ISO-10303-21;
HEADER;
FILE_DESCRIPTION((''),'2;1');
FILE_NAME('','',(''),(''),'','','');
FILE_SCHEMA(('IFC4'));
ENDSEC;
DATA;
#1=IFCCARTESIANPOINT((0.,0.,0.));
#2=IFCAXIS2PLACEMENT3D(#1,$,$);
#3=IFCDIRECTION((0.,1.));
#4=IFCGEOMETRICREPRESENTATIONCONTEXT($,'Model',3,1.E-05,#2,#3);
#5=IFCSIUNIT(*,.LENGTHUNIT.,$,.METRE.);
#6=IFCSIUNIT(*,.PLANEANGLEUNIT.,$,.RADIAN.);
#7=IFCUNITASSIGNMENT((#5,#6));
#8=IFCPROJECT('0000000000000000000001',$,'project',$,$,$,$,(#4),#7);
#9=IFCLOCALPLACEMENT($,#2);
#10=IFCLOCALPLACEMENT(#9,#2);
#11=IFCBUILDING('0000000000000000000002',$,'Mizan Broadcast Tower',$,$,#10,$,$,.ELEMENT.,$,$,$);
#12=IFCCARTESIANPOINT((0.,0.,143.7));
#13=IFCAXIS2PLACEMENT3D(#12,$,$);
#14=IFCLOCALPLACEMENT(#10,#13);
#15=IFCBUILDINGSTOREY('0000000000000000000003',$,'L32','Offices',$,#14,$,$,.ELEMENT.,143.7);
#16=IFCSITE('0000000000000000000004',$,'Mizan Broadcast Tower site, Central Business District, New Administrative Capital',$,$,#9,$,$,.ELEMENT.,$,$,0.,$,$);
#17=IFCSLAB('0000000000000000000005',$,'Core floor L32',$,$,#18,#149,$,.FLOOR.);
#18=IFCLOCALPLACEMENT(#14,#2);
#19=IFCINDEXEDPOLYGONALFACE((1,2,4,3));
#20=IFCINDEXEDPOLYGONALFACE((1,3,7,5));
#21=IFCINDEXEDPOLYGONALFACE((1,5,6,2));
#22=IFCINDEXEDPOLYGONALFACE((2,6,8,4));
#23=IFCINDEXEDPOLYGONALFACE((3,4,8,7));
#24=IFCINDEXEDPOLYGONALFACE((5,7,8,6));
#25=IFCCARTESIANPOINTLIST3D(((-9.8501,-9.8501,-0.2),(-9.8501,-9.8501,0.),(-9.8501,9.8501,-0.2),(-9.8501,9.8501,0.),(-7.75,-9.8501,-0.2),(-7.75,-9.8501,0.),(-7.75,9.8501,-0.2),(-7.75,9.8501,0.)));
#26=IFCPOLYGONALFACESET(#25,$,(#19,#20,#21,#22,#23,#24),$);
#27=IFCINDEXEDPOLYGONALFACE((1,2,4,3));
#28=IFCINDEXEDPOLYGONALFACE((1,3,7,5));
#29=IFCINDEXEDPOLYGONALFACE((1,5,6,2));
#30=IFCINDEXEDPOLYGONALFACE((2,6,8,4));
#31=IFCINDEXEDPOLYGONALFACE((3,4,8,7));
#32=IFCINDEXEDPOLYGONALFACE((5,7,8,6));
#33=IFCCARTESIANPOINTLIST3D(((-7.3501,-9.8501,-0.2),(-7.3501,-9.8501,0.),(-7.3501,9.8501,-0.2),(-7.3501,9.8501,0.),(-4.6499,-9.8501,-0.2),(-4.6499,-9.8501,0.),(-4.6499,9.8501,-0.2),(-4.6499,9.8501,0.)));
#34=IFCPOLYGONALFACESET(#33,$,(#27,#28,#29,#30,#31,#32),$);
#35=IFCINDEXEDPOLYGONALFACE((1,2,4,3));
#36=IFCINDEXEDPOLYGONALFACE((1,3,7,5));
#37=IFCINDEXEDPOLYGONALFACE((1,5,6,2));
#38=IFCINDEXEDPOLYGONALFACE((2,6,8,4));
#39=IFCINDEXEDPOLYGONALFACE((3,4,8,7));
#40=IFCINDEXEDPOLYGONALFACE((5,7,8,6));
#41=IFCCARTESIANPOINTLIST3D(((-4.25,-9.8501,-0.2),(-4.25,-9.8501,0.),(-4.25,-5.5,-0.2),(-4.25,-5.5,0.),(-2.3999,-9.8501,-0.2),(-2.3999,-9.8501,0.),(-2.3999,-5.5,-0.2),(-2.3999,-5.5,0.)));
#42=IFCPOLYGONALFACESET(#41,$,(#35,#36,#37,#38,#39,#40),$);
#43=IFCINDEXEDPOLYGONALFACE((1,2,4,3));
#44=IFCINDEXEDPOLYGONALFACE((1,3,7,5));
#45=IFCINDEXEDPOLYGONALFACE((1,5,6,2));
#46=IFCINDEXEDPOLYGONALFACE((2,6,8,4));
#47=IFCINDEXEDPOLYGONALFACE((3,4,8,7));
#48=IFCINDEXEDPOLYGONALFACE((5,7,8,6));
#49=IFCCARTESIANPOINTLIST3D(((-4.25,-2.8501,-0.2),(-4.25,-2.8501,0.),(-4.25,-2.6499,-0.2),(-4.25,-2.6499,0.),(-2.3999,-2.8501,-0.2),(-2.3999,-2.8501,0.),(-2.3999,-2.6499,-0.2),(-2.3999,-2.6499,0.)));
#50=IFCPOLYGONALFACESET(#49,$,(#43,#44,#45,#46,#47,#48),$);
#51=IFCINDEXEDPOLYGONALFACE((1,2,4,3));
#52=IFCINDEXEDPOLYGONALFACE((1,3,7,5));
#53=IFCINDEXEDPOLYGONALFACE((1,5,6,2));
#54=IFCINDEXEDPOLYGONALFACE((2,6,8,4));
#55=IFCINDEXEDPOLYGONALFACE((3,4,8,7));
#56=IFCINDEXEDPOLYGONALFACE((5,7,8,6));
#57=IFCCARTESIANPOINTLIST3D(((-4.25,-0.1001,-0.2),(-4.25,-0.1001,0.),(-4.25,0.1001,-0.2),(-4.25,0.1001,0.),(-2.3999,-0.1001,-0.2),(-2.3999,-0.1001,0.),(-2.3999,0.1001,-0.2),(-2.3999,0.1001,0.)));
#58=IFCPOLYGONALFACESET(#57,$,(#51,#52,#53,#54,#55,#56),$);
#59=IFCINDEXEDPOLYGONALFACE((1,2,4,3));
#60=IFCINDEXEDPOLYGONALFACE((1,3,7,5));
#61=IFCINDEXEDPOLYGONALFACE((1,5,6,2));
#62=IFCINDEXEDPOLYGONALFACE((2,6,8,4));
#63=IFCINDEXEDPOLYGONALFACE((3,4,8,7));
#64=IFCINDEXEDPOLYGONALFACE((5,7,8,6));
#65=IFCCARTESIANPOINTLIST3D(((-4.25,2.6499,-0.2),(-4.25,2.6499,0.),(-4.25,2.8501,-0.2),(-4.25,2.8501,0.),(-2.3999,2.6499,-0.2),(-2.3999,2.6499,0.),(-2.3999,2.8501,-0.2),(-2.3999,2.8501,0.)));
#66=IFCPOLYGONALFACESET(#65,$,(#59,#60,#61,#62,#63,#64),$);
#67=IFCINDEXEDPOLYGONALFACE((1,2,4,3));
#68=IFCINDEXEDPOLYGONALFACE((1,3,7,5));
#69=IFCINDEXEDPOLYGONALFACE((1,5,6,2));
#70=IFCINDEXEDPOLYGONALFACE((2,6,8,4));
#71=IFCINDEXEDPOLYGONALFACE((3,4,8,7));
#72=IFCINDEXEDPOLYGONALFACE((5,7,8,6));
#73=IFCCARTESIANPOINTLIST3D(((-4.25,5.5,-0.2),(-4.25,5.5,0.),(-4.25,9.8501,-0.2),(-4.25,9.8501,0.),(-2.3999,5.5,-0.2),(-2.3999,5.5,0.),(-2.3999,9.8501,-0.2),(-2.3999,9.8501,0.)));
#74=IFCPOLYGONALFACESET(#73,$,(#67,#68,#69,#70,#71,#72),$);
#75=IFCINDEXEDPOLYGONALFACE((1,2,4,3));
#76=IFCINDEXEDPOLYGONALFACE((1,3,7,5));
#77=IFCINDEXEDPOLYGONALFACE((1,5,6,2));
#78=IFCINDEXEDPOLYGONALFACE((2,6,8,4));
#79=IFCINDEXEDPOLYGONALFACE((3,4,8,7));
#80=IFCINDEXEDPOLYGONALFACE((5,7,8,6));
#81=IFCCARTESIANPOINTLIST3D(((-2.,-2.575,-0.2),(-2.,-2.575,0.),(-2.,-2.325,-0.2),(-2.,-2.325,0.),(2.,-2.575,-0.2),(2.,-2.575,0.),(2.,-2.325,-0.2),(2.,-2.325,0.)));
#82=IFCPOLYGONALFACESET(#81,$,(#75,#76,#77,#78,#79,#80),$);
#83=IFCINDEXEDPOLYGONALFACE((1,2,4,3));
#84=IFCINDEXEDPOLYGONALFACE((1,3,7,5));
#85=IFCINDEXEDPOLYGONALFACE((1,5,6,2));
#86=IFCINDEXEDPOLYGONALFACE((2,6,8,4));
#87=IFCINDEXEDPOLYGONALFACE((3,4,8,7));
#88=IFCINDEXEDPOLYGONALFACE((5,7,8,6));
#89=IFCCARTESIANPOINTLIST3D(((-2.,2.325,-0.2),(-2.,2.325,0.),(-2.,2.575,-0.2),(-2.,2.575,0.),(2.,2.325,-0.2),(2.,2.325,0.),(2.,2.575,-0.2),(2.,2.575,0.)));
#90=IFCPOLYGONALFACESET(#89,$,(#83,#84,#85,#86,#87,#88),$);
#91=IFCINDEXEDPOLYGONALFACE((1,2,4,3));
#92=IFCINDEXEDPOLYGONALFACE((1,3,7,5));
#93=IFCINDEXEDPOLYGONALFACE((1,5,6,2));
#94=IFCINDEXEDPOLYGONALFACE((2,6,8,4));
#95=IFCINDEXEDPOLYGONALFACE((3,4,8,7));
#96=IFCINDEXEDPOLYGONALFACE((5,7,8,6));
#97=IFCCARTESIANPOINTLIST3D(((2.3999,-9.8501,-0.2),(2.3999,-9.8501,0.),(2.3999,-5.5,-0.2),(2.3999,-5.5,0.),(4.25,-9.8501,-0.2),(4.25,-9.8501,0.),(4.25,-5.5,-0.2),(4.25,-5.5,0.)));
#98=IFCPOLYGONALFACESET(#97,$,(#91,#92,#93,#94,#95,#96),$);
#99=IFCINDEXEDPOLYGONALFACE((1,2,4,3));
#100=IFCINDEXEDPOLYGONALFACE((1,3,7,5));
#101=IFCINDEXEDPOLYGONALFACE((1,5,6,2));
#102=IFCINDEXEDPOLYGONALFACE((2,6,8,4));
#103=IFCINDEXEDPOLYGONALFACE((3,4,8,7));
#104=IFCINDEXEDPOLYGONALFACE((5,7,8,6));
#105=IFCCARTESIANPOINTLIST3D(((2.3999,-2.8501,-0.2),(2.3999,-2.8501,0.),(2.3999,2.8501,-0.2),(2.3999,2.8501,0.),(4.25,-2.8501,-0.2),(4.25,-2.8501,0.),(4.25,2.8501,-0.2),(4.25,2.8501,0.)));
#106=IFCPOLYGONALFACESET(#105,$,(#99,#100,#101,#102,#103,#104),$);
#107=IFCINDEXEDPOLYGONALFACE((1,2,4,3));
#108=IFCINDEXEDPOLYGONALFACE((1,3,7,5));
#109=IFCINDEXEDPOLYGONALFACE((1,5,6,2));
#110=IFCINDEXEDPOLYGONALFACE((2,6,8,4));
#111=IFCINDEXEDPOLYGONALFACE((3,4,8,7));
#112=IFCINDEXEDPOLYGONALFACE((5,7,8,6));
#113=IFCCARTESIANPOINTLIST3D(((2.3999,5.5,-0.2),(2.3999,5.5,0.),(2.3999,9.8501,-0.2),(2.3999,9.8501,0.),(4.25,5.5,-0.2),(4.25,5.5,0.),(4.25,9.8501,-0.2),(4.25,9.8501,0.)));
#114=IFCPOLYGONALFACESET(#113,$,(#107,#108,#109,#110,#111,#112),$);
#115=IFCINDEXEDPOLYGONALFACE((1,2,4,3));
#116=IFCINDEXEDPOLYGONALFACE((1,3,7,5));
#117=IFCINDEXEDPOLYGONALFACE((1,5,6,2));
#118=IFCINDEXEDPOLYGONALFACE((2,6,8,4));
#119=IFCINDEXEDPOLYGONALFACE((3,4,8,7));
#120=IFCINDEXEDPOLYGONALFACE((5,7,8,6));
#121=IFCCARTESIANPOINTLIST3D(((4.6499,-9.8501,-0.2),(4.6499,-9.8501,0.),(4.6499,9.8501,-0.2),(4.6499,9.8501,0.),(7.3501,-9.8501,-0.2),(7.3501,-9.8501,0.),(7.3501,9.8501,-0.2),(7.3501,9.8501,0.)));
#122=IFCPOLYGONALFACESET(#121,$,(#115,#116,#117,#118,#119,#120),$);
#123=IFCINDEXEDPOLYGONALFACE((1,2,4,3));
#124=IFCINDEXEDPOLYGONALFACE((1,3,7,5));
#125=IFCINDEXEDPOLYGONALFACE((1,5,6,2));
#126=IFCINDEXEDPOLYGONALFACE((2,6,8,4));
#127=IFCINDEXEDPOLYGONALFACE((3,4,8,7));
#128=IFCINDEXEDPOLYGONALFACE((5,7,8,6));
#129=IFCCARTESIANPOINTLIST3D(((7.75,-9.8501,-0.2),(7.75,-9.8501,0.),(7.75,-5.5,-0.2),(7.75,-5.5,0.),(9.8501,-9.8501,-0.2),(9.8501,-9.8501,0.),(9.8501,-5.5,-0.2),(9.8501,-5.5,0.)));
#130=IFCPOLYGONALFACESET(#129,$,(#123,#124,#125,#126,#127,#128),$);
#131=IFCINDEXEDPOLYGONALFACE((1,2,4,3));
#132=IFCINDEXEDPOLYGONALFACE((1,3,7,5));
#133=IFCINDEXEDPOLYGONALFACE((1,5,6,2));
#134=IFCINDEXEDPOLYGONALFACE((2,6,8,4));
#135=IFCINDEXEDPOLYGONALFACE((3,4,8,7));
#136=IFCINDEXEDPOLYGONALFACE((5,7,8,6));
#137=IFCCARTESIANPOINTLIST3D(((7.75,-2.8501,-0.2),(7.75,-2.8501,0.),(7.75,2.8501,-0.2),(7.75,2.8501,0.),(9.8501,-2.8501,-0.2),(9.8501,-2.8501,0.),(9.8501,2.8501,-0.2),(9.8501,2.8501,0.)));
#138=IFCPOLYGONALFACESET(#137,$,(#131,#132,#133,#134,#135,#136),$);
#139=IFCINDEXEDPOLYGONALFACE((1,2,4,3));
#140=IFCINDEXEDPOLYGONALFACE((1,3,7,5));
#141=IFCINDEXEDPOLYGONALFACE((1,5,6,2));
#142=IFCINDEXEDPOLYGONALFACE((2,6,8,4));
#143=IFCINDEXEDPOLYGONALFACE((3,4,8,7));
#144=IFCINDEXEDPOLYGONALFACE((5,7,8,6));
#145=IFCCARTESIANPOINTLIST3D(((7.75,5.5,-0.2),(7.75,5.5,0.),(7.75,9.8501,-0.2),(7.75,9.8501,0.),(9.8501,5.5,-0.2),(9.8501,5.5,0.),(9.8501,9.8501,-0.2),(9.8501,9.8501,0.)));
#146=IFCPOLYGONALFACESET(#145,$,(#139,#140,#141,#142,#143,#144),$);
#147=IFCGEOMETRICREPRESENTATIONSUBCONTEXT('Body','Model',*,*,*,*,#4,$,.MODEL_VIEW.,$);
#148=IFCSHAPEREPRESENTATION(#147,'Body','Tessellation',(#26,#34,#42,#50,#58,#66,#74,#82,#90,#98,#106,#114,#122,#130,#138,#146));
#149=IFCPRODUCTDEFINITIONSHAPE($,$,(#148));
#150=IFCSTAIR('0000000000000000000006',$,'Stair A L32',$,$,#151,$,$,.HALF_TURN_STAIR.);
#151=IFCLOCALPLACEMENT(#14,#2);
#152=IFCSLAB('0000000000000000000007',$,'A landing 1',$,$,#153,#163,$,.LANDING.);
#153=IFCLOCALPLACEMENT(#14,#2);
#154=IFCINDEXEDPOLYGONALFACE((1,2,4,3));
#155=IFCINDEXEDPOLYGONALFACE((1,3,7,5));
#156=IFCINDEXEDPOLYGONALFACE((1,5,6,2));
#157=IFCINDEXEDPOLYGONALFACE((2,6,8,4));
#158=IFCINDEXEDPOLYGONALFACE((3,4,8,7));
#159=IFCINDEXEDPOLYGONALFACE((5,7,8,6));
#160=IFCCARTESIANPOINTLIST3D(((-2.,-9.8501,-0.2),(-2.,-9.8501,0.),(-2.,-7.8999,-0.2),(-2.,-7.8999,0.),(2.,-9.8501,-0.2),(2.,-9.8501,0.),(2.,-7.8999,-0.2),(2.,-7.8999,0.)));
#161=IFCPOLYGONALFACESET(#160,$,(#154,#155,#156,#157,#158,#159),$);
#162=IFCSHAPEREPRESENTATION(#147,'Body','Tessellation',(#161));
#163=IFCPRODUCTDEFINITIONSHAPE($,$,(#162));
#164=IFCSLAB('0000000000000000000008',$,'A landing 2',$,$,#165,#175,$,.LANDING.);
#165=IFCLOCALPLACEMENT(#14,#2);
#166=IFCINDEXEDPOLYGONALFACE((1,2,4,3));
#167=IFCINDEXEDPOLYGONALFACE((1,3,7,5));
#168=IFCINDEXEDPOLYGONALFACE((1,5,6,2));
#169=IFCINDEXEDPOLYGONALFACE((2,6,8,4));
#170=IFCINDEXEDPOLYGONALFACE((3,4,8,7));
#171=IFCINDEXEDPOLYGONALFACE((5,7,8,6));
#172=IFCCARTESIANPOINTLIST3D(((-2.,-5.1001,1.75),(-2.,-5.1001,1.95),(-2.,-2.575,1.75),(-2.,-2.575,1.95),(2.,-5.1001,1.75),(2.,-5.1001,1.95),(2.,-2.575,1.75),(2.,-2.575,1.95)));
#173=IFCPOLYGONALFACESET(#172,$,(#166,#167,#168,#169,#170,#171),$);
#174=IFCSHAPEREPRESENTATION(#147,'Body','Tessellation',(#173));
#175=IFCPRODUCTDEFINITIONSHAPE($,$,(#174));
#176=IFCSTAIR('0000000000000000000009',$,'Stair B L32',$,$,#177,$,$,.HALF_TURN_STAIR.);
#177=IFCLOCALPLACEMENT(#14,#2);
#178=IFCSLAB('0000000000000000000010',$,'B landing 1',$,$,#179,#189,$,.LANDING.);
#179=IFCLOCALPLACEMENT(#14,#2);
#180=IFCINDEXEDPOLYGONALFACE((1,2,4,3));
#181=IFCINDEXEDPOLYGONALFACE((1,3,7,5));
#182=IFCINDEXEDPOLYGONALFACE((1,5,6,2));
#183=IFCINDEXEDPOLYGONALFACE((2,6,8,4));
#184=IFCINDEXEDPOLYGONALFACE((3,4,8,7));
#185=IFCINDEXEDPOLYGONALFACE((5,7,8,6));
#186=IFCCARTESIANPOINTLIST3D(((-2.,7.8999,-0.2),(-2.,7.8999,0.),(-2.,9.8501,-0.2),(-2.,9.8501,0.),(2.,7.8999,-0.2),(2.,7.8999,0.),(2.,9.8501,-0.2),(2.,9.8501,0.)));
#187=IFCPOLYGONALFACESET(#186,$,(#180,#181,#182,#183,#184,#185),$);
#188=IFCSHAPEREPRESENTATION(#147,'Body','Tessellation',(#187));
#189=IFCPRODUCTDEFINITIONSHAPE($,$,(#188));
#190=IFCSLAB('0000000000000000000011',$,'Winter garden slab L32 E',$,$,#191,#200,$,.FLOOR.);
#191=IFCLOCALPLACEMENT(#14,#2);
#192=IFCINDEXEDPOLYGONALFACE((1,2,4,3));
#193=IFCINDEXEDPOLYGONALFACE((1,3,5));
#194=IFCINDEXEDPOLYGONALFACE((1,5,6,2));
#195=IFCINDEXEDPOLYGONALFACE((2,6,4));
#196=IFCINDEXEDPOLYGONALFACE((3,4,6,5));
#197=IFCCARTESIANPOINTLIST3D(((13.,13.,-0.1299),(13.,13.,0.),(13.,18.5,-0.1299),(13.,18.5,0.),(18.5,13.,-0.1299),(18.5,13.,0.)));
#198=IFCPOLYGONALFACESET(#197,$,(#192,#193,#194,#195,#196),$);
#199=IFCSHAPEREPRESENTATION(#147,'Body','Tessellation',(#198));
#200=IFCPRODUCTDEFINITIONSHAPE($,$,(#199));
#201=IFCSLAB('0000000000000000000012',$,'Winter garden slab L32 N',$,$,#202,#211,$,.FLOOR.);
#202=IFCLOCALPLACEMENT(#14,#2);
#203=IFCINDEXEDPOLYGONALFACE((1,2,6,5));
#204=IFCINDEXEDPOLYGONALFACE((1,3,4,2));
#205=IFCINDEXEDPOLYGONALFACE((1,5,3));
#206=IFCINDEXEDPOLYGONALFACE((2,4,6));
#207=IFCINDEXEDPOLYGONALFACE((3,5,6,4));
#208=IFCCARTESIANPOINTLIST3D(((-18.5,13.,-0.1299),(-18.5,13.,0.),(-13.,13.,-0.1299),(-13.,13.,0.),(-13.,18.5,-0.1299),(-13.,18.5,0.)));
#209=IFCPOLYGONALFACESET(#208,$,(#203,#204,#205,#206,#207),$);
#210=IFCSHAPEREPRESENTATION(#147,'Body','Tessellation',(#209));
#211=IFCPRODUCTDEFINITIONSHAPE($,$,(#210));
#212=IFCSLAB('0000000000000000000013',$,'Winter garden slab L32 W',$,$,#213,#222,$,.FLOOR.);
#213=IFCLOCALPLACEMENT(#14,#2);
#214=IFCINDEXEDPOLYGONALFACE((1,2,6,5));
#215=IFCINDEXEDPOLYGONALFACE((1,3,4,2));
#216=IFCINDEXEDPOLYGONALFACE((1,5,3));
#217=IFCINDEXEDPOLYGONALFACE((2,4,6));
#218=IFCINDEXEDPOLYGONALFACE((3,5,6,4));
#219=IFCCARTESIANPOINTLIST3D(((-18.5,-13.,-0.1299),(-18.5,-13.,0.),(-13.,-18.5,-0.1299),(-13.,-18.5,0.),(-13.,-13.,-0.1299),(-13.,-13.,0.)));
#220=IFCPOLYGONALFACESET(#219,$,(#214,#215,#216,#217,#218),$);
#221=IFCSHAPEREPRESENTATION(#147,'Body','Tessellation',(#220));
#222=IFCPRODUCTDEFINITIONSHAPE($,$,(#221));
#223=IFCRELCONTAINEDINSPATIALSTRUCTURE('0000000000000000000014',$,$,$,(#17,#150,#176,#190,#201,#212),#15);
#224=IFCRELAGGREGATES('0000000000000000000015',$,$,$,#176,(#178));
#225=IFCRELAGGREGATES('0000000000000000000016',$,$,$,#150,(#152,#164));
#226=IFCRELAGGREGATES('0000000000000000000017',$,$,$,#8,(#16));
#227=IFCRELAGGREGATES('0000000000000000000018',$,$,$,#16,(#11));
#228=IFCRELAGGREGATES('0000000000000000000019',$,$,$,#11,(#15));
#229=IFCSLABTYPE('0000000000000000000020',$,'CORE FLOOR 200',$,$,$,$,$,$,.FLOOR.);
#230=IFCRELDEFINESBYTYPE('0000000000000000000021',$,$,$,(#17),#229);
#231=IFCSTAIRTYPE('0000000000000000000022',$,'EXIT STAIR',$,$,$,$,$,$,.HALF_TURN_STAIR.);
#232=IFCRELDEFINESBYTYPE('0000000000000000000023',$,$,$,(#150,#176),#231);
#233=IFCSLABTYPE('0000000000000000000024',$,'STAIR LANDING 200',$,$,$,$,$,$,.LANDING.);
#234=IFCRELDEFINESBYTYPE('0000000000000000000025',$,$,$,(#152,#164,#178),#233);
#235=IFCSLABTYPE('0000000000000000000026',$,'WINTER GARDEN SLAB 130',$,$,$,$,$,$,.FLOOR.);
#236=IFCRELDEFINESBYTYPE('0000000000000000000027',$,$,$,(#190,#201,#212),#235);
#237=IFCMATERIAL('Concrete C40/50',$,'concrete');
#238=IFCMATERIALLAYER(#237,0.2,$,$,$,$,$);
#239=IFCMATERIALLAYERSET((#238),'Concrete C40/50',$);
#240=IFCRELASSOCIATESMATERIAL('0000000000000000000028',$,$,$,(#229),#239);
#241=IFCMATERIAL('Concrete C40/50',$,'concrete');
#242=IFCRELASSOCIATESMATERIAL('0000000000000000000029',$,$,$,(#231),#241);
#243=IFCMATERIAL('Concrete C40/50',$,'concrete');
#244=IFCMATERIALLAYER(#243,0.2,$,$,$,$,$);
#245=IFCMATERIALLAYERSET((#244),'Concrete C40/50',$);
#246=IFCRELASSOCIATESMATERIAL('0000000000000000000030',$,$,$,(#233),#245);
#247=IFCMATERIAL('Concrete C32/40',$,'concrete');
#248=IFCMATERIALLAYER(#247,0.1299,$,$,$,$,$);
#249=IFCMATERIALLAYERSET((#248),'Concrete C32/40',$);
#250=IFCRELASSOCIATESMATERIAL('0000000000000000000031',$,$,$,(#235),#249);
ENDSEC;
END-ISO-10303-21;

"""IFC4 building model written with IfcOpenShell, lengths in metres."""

from ifc_helpers import new_model, si_unit, direction, frame, origin, place, context, subcontext, project, spatial, polyline, outline, extrude, material, layer, layer_set, type_object, element, aggregate, save


model = new_model("IFC4")

# Units and contexts
model_context = context("Model", 3, precision=1e-05, world=origin(), true_north=direction((0.0, 1.0)))
body_context = subcontext(model_context, "Body", "Model", "MODEL_VIEW")
ifc_project = project(units=[si_unit("LENGTHUNIT", "METRE"), si_unit("PLANEANGLEUNIT", "RADIAN")], contexts=[model_context])

# Site, building, storey
site_placement = place(None, origin())
site = spatial("IfcSite", under=ifc_project, at=site_placement, Name="Mizan Broadcast Tower site, Central Business District, New Administrative Capital", CompositionType="ELEMENT", RefElevation=0.0)
building_placement = place(site_placement, origin())
building = spatial("IfcBuilding", under=site, at=building_placement, Name="Mizan Broadcast Tower", CompositionType="ELEMENT")
storey_placement = place(building_placement, frame((0.0, 0.0, 143.7)))
storey = spatial("IfcBuildingStorey", under=building, at=storey_placement, Name="L32", Description="Offices", CompositionType="ELEMENT", Elevation=143.7)

# Slab
ifc_material_1 = material(Name="Concrete C40/50", Category="concrete")
ifc_layer_1 = layer(ifc_material_1, 0.2)
ifc_layer_set_1 = layer_set([ifc_layer_1], Name="Concrete C40/50")
slab_type_1 = type_object("IfcSlabType", Name="CORE FLOOR 200", PredefinedType="FLOOR", material=ifc_layer_set_1)
slab_1_placement = place(storey_placement, frame((0.0, 0.0, -0.2)))
element("IfcSlab", 1, at=slab_1_placement, inside=storey, type_object=slab_type_1, Name="Core floor L32", PredefinedType="FLOOR", context=body_context, shape_type="SweptSolid", body=[
    extrude(outline(polyline([(-9.8501, -9.8501), (-7.75, -9.8501), (-7.75, 9.8501), (-9.8501, 9.8501), (-9.8501, -9.8501)])), origin(), (0.0, 0.0, 1.0), 0.2),
    extrude(outline(polyline([(-4.6499, 9.8501), (-7.3501, 9.8501), (-7.3501, -9.8501), (-4.6499, -9.8501), (-4.6499, 9.8501)])), origin(), (0.0, 0.0, 1.0), 0.2),
    extrude(outline(polyline([(-4.25, -5.5), (-4.25, -9.8501), (-2.3999, -9.8501), (-2.3999, -5.5), (-4.25, -5.5)])), origin(), (0.0, 0.0, 1.0), 0.2),
    extrude(outline(polyline([(-4.25, -2.8501), (-2.3999, -2.8501), (-2.3999, -2.6499), (-4.25, -2.6499), (-4.25, -2.8501)])), origin(), (0.0, 0.0, 1.0), 0.2),
    extrude(outline(polyline([(-4.25, -0.1001), (-2.3999, -0.1001), (-2.3999, 0.1001), (-4.25, 0.1001), (-4.25, -0.1001)])), origin(), (0.0, 0.0, 1.0), 0.2),
    extrude(outline(polyline([(-4.25, 2.6499), (-2.3999, 2.6499), (-2.3999, 2.8501), (-4.25, 2.8501), (-4.25, 2.6499)])), origin(), (0.0, 0.0, 1.0), 0.2),
    extrude(outline(polyline([(-4.25, 5.5), (-2.3999, 5.5), (-2.3999, 9.8501), (-4.25, 9.8501), (-4.25, 5.5)])), origin(), (0.0, 0.0, 1.0), 0.2),
    extrude(outline(polyline([(2.0, -2.325), (-2.0, -2.325), (-2.0, -2.575), (2.0, -2.575), (2.0, -2.325)])), origin(), (0.0, 0.0, 1.0), 0.2),
    extrude(outline(polyline([(2.0, 2.575), (-2.0, 2.575), (-2.0, 2.325), (2.0, 2.325), (2.0, 2.575)])), origin(), (0.0, 0.0, 1.0), 0.2),
    extrude(outline(polyline([(4.25, -9.8501), (4.25, -5.5), (2.3999, -5.5), (2.3999, -9.8501), (4.25, -9.8501)])), origin(), (0.0, 0.0, 1.0), 0.2),
    extrude(outline(polyline([(4.25, -2.8501), (4.25, 2.8501), (2.3999, 2.8501), (2.3999, -2.8501), (4.25, -2.8501)])), origin(), (0.0, 0.0, 1.0), 0.2),
    extrude(outline(polyline([(4.25, 5.5), (4.25, 9.8501), (2.3999, 9.8501), (2.3999, 5.5), (4.25, 5.5)])), origin(), (0.0, 0.0, 1.0), 0.2),
    extrude(outline(polyline([(4.6499, 9.8501), (4.6499, -9.8501), (7.3501, -9.8501), (7.3501, 9.8501), (4.6499, 9.8501)])), origin(), (0.0, 0.0, 1.0), 0.2),
    extrude(outline(polyline([(9.8501, -9.8501), (9.8501, -5.5), (7.75, -5.5), (7.75, -9.8501), (9.8501, -9.8501)])), origin(), (0.0, 0.0, 1.0), 0.2),
    extrude(outline(polyline([(7.75, -2.8501), (9.8501, -2.8501), (9.8501, 2.8501), (7.75, 2.8501), (7.75, -2.8501)])), origin(), (0.0, 0.0, 1.0), 0.2),
    extrude(outline(polyline([(9.8501, 5.5), (9.8501, 9.8501), (7.75, 9.8501), (7.75, 5.5), (9.8501, 5.5)])), origin(), (0.0, 0.0, 1.0), 0.2),
])

# Stair, slabs
ifc_material_2 = material(Name="Concrete C40/50", Category="concrete")
stair_type = type_object("IfcStairType", Name="EXIT STAIR", PredefinedType="HALF_TURN_STAIR", material=ifc_material_2)
stair_1_placement = place(storey_placement, origin())
stair_1 = element("IfcStair", 2, at=stair_1_placement, inside=storey, type_object=stair_type, Name="Stair A L32", PredefinedType="HALF_TURN_STAIR")
ifc_material_3 = material(Name="Concrete C40/50", Category="concrete")
ifc_layer_2 = layer(ifc_material_3, 0.2)
ifc_layer_set_2 = layer_set([ifc_layer_2], Name="Concrete C40/50")
slab_type_2 = type_object("IfcSlabType", Name="STAIR LANDING 200", PredefinedType="LANDING", material=ifc_layer_set_2)
slab_2_placement = place(storey_placement, frame((0.0, 0.0, -0.2)))
slab_2 = element("IfcSlab", 3, at=slab_2_placement, type_object=slab_type_2, Name="A landing 1", PredefinedType="LANDING", context=body_context, shape_type="SweptSolid", body=[
    extrude(outline(polyline([(-2.0, -9.8501), (-2.0, -7.8999), (2.0, -7.8999), (2.0, -9.8501), (-2.0, -9.8501)])), origin(), (0.0, 0.0, 1.0), 0.2),
])
slab_3_placement = place(storey_placement, frame((0.0, 0.0, 1.75)))
slab_3 = element("IfcSlab", 4, at=slab_3_placement, type_object=slab_type_2, Name="A landing 2", PredefinedType="LANDING", context=body_context, shape_type="SweptSolid", body=[
    extrude(outline(polyline([(-2.0, -5.1001), (-2.0, -2.575), (2.0, -2.575), (2.0, -5.1001), (-2.0, -5.1001)])), origin(), (0.0, 0.0, 1.0), 0.2),
])

# Stair, slab
stair_2_placement = place(storey_placement, origin())
stair_2 = element("IfcStair", 5, at=stair_2_placement, inside=storey, type_object=stair_type, Name="Stair B L32", PredefinedType="HALF_TURN_STAIR")
slab_4_placement = place(storey_placement, frame((0.0, 0.0, -0.2)))
slab_4 = element("IfcSlab", 6, at=slab_4_placement, type_object=slab_type_2, Name="B landing 1", PredefinedType="LANDING", context=body_context, shape_type="SweptSolid", body=[
    extrude(outline(polyline([(2.0, 9.8501), (2.0, 7.8999), (-2.0, 7.8999), (-2.0, 9.8501), (2.0, 9.8501)])), origin(), (0.0, 0.0, 1.0), 0.2),
])
aggregate(stair_2, [slab_4])

# Slabs
ifc_material_4 = material(Name="Concrete C32/40", Category="concrete")
ifc_layer_3 = layer(ifc_material_4, 0.1299)
ifc_layer_set_3 = layer_set([ifc_layer_3], Name="Concrete C32/40")
slab_type_3 = type_object("IfcSlabType", Name="WINTER GARDEN SLAB 130", PredefinedType="FLOOR", material=ifc_layer_set_3)
slab_5_placement = place(storey_placement, frame((0.0, 0.0, -0.1299)))
element("IfcSlab", 7, at=slab_5_placement, inside=storey, type_object=slab_type_3, Name="Winter garden slab L32 E", PredefinedType="FLOOR", context=body_context, shape_type="SweptSolid", body=[
    extrude(outline(polyline([(13.0, 13.0), (18.5, 13.0), (13.0, 18.5), (13.0, 13.0)])), origin(), (0.0, 0.0, 1.0), 0.1299),
])
slab_6_placement = place(storey_placement, frame((0.0, 0.0, -0.1299)))
element("IfcSlab", 8, at=slab_6_placement, inside=storey, type_object=slab_type_3, Name="Winter garden slab L32 N", PredefinedType="FLOOR", context=body_context, shape_type="SweptSolid", body=[
    extrude(outline(polyline([(-13.0, 13.0), (-13.0, 18.5), (-18.5, 13.0), (-13.0, 13.0)])), origin(), (0.0, 0.0, 1.0), 0.1299),
])
slab_7_placement = place(storey_placement, frame((0.0, 0.0, -0.1299)))
element("IfcSlab", 9, at=slab_7_placement, inside=storey, type_object=slab_type_3, Name="Winter garden slab L32 W", PredefinedType="FLOOR", context=body_context, shape_type="SweptSolid", body=[
    extrude(outline(polyline([(-13.0, -13.0), (-18.5, -13.0), (-13.0, -18.5), (-13.0, -13.0)])), origin(), (0.0, 0.0, 1.0), 0.1299),
])

aggregate(stair_1, [slab_2, slab_3])

save(model, "model.ifc")
